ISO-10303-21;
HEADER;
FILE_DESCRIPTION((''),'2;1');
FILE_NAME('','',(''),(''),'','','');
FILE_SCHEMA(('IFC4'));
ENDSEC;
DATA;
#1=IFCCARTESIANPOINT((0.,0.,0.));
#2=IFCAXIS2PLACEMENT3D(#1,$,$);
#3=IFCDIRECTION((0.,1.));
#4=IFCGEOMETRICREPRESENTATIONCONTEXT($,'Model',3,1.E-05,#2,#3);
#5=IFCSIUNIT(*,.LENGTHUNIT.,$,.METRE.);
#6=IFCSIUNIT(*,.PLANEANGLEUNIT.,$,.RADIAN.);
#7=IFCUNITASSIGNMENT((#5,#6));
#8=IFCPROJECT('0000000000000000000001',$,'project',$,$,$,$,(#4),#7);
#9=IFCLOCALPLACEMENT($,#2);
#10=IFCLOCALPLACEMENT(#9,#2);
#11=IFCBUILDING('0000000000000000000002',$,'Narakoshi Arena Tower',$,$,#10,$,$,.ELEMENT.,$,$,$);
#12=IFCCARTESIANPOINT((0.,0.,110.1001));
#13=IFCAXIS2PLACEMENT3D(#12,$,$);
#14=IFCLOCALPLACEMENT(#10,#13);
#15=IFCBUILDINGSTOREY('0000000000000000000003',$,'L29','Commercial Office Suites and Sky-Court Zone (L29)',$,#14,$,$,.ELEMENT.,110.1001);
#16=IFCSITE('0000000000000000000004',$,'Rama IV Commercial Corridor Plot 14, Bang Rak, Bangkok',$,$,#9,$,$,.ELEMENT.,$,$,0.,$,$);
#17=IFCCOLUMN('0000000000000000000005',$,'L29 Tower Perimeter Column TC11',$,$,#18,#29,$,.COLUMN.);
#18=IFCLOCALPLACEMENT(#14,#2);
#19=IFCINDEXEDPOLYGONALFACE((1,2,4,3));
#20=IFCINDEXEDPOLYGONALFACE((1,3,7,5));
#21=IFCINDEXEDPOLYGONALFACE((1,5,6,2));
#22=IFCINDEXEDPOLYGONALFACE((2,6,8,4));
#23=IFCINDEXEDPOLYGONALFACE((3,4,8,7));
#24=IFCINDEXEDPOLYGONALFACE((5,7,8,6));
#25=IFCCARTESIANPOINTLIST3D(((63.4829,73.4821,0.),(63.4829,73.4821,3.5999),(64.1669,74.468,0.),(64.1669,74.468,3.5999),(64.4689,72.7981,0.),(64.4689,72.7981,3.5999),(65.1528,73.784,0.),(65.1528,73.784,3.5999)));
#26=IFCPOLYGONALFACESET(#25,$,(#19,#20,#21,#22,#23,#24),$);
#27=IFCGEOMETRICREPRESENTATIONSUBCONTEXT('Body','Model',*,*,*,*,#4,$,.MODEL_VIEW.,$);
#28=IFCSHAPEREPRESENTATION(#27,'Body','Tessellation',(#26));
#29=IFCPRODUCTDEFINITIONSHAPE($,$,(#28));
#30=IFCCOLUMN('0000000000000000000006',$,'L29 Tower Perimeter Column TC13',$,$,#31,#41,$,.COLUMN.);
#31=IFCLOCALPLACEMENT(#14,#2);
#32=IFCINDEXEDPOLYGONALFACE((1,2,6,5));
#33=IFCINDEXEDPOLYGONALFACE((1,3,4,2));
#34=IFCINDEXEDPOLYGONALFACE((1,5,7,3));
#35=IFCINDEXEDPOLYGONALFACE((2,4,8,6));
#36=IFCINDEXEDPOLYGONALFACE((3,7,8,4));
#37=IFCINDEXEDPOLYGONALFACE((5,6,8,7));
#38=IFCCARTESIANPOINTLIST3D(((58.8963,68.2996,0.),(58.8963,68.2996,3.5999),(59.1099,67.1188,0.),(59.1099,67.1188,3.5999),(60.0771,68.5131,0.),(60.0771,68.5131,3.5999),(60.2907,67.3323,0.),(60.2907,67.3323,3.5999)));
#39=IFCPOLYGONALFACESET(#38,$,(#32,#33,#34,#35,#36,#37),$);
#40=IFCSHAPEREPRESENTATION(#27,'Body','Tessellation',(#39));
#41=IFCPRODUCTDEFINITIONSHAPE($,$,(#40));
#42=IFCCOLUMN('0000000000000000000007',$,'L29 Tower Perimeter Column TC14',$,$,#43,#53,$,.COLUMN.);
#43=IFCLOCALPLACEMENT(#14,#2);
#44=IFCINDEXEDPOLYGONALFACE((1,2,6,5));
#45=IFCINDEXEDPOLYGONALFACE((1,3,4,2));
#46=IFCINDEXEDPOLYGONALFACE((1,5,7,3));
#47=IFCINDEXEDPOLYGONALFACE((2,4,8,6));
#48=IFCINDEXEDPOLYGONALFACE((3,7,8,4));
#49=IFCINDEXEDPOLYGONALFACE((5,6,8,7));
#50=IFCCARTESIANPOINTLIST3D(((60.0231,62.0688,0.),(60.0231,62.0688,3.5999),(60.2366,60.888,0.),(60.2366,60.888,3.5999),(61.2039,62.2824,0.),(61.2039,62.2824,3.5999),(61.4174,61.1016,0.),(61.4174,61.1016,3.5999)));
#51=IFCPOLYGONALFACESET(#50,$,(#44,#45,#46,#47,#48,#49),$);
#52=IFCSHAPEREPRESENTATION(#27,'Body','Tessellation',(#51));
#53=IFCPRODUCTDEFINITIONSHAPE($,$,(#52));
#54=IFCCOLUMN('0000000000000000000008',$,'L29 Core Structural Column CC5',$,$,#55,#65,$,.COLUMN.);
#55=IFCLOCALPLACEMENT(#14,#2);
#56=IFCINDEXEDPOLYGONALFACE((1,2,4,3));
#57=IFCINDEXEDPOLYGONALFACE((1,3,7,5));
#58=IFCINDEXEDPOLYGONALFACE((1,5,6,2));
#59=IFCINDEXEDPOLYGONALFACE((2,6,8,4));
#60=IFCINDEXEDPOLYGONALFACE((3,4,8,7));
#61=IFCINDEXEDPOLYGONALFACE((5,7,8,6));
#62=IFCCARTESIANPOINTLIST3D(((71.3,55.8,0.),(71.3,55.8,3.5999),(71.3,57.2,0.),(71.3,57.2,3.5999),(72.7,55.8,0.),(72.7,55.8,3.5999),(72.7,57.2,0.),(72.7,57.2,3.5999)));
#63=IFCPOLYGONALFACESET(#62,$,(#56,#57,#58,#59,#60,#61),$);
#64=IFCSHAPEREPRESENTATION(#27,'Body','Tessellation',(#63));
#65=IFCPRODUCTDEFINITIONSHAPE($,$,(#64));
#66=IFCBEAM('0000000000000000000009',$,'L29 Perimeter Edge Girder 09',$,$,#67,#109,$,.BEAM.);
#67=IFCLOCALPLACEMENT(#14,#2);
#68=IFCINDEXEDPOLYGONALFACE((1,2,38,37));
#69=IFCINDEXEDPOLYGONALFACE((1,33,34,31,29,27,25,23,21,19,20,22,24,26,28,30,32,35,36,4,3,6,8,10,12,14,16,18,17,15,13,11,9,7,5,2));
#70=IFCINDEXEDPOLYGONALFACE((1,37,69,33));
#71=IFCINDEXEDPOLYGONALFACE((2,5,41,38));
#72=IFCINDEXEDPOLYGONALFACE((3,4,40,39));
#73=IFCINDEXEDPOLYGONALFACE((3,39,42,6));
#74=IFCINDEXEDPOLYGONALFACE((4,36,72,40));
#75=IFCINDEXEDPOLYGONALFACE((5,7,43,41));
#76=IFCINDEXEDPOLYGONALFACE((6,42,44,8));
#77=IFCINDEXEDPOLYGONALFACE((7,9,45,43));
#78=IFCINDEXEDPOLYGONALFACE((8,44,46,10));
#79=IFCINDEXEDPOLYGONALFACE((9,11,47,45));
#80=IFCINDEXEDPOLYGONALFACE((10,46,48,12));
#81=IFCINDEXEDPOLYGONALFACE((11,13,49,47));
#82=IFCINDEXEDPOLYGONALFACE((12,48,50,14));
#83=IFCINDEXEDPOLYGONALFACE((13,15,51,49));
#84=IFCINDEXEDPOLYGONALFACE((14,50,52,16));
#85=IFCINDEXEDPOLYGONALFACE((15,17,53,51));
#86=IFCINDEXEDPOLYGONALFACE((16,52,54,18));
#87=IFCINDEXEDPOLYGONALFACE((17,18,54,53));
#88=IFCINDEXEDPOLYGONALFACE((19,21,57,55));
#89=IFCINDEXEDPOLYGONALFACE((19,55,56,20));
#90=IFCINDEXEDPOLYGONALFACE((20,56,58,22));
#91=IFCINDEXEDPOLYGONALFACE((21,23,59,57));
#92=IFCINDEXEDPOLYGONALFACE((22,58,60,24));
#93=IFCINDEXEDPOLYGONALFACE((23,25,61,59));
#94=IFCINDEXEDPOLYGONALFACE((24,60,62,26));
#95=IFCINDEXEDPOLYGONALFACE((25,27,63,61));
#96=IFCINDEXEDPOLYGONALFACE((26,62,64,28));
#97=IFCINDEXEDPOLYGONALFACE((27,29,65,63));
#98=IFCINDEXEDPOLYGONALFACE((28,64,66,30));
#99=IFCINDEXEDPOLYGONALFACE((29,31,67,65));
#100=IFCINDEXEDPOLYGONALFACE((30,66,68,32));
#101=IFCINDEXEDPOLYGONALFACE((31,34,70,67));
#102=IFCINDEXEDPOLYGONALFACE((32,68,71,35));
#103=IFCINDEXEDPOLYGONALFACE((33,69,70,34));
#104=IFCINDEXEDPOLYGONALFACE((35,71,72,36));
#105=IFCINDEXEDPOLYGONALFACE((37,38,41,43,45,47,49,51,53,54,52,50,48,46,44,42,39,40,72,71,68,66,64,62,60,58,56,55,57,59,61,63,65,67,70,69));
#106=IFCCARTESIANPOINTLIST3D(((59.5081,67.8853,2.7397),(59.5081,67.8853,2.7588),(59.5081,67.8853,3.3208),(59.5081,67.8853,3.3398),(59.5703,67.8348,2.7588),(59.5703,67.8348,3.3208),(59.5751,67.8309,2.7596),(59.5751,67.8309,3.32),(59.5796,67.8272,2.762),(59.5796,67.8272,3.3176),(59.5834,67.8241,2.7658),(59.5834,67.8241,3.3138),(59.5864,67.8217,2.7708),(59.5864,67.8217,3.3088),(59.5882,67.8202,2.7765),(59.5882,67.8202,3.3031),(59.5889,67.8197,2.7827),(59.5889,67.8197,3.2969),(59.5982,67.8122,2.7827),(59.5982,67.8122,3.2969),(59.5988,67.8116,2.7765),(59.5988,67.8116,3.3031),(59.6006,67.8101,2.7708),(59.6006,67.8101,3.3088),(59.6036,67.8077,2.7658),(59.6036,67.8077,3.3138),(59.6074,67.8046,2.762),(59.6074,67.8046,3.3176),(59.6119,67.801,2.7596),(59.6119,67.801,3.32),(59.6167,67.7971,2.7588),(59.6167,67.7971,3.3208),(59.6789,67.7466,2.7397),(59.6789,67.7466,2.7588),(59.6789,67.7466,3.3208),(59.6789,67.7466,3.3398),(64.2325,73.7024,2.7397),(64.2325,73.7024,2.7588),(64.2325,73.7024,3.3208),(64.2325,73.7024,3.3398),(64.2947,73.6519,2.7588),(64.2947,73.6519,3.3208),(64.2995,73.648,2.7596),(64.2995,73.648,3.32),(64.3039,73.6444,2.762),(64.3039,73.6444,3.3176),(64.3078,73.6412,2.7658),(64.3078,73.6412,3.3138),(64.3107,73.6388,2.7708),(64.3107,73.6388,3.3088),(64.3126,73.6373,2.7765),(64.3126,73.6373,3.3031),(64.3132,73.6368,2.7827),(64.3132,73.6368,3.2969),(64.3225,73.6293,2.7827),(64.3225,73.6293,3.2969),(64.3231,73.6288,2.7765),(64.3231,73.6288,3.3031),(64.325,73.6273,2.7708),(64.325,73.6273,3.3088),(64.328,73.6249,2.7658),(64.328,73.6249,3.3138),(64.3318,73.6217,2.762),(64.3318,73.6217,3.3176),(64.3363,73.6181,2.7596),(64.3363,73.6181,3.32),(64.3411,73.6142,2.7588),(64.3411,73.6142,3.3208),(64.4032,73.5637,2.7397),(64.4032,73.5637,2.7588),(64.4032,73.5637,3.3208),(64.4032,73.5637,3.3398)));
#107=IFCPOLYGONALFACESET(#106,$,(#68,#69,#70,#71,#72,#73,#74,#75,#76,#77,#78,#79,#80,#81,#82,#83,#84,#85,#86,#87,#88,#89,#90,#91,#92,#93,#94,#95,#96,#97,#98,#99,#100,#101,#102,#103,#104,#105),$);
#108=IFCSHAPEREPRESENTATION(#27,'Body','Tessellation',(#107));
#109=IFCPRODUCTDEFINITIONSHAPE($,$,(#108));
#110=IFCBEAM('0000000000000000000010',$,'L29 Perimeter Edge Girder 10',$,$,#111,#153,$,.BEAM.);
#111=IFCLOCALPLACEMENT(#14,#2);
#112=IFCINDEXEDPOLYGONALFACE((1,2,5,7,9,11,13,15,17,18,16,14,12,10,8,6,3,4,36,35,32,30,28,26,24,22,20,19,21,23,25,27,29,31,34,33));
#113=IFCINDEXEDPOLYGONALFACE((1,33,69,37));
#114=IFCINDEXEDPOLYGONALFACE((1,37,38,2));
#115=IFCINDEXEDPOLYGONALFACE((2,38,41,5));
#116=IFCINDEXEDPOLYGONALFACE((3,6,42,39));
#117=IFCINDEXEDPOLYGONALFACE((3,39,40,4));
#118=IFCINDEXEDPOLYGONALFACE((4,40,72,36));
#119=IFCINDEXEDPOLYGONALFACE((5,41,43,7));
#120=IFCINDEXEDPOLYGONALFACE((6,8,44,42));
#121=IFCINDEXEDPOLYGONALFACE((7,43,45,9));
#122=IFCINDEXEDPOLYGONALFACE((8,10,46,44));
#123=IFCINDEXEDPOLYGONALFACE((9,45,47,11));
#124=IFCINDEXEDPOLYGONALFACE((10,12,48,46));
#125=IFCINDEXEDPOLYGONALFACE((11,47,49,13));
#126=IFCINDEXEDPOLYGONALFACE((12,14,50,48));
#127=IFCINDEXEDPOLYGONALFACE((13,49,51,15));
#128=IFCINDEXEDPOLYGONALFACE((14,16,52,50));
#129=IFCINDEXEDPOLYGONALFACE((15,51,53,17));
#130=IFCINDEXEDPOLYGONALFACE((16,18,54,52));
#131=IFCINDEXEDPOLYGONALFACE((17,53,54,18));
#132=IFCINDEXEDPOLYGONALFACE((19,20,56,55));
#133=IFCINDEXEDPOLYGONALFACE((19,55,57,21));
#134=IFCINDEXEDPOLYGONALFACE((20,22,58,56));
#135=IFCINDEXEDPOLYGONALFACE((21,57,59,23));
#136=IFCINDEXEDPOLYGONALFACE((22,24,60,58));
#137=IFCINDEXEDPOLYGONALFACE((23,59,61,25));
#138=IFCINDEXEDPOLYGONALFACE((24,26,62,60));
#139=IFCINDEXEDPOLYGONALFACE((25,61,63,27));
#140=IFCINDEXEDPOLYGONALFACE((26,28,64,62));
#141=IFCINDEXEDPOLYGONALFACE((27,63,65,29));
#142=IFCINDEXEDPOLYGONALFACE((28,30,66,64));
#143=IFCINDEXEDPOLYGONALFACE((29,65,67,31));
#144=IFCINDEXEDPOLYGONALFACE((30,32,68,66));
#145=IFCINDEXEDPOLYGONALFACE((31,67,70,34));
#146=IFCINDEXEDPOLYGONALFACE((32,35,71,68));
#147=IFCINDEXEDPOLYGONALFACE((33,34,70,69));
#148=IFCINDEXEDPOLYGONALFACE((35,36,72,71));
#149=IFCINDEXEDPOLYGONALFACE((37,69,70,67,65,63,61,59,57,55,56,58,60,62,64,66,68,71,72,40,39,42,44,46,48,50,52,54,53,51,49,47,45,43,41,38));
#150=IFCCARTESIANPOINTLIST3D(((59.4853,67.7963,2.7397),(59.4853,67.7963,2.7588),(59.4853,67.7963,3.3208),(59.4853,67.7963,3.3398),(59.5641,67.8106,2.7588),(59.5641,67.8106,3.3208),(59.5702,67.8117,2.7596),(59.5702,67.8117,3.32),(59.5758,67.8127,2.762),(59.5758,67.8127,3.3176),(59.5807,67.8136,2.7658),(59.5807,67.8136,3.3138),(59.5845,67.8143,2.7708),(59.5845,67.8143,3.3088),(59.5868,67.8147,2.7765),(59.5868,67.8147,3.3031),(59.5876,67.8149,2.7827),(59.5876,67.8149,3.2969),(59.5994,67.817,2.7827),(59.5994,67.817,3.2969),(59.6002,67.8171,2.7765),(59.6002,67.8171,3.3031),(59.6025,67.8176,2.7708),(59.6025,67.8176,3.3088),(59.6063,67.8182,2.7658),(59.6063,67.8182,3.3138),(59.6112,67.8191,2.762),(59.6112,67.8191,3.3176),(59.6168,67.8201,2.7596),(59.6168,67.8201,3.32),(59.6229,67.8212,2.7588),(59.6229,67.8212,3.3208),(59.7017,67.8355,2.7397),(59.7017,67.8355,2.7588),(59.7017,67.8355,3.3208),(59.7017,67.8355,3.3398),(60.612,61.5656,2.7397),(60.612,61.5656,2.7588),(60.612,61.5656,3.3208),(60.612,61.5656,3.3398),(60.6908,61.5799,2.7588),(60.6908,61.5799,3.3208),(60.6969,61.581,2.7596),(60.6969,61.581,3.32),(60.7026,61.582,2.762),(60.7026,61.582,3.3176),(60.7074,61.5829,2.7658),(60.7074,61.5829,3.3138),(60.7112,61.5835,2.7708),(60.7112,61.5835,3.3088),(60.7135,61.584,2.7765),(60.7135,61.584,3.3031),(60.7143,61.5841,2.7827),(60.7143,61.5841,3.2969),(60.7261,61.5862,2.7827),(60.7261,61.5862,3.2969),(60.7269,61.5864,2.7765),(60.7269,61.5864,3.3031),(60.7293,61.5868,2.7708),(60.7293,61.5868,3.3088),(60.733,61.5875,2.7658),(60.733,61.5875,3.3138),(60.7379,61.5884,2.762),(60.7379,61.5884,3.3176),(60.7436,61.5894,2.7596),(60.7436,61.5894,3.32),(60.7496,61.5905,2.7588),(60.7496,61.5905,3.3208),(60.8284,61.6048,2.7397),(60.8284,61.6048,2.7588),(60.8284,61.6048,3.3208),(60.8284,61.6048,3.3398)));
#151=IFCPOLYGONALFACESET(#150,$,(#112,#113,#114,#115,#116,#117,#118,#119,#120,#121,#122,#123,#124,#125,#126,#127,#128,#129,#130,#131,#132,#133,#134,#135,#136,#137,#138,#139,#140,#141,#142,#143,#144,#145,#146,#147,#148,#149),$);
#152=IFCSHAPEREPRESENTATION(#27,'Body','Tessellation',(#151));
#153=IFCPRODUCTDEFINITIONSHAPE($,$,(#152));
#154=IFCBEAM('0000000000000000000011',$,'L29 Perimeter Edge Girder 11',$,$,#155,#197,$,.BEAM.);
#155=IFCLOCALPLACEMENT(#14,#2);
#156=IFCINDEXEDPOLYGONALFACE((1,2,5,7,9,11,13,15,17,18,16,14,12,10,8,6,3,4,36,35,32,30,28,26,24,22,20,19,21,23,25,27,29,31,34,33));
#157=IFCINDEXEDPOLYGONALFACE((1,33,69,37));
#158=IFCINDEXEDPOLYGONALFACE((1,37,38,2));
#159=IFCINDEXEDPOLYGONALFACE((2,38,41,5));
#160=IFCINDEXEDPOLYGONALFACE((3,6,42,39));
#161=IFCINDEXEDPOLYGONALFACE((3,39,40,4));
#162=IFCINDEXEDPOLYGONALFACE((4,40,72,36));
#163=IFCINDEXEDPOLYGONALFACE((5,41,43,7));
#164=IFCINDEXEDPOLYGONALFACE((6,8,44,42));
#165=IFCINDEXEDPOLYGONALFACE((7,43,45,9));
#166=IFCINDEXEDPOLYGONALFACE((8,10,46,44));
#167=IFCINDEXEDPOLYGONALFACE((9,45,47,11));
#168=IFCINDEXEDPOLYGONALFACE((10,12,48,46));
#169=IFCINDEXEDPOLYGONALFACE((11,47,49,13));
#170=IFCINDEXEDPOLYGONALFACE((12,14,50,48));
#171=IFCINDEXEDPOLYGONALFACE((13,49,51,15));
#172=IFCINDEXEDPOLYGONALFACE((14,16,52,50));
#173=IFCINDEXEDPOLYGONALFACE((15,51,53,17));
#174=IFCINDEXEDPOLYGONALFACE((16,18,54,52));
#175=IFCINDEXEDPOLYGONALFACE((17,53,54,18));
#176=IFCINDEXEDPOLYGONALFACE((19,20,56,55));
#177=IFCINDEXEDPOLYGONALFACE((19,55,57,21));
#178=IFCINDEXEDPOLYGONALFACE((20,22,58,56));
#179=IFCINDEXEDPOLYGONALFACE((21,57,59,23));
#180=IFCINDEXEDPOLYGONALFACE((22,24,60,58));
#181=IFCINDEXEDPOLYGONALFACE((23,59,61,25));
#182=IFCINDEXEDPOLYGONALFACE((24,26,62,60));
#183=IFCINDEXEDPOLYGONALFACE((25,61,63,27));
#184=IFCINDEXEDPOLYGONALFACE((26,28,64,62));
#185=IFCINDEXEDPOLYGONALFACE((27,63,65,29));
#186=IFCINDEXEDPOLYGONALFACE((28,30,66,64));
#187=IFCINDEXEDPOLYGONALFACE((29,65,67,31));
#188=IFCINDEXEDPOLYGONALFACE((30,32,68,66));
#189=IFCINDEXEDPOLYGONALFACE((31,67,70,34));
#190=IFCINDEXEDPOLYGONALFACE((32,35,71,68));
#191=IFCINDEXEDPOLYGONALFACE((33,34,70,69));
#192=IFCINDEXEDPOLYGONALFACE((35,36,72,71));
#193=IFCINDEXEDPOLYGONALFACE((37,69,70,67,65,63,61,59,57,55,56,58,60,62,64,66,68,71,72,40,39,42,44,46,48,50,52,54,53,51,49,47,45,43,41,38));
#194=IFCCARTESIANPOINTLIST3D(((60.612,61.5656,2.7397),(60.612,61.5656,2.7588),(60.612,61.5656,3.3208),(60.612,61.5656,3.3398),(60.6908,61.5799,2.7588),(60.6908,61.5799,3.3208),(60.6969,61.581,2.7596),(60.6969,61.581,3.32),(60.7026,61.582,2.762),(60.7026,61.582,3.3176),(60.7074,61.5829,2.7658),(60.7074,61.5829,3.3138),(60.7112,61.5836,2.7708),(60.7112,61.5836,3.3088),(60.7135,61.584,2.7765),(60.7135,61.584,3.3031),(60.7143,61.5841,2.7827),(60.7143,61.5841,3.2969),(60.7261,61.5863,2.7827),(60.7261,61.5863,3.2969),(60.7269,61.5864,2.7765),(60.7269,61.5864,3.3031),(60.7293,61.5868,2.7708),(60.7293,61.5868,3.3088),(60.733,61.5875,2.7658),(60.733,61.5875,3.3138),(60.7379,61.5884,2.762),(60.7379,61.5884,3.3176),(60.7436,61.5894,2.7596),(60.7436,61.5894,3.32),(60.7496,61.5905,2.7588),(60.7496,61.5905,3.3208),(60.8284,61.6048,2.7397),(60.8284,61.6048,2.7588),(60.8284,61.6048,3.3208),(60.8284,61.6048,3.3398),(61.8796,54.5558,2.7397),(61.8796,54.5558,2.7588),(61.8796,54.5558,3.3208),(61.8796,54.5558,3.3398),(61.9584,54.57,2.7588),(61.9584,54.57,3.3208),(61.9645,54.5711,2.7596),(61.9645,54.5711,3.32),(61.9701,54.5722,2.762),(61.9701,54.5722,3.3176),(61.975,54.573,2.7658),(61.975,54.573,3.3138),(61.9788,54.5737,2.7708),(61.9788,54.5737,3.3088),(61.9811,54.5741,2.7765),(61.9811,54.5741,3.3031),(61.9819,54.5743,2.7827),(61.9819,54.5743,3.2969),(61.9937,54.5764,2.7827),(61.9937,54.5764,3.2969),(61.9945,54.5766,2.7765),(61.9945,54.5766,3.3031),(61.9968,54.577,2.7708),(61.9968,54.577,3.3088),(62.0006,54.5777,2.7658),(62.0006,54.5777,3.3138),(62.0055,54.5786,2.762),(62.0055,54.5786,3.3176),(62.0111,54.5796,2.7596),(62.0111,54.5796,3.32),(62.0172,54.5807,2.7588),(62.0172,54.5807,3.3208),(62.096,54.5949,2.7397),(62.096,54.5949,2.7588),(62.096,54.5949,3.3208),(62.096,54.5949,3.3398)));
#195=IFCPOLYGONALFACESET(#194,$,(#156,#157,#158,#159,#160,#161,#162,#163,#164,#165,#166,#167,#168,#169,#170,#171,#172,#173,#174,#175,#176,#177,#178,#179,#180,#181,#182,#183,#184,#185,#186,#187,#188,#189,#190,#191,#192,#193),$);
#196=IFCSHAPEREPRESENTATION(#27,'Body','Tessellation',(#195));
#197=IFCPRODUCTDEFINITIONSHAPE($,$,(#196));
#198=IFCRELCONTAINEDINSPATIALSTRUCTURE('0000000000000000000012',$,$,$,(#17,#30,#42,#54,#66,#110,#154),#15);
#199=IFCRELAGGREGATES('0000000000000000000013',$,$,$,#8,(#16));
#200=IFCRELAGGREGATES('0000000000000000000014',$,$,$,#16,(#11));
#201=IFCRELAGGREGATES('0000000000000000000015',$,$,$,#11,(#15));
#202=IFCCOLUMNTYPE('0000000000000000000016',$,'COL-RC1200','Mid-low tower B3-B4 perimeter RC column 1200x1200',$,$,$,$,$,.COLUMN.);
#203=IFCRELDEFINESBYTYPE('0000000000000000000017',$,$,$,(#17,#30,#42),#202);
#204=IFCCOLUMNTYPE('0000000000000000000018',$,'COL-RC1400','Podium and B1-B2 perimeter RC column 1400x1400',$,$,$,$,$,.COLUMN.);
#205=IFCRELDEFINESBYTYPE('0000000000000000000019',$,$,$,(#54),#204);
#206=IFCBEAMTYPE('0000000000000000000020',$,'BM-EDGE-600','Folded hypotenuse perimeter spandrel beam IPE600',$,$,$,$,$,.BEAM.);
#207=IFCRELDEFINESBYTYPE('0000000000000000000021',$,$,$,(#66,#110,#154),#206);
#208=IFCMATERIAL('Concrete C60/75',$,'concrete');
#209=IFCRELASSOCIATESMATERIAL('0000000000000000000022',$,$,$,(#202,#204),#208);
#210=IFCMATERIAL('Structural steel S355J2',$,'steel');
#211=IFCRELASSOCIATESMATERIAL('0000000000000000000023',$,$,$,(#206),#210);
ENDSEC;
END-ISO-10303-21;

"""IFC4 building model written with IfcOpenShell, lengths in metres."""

from ifc_helpers import new_model, si_unit, direction, frame, origin, origin_2d, place, context, subcontext, project, spatial, rectangle, i_section, extrude, material, material_profile, profile_set, type_object, element, save


model = new_model("IFC4")

# Units and contexts
model_context = context("Model", 3, precision=1e-05, world=origin(), true_north=direction((0.0, 1.0)))
body_context = subcontext(model_context, "Body", "Model", "MODEL_VIEW")
ifc_project = project(units=[si_unit("LENGTHUNIT", "METRE"), si_unit("PLANEANGLEUNIT", "RADIAN")], contexts=[model_context])

# Site, building, storey
site_placement = place(None, origin())
site = spatial("IfcSite", under=ifc_project, at=site_placement, Name="Rama IV Commercial Corridor Plot 14, Bang Rak, Bangkok", CompositionType="ELEMENT", RefElevation=0.0)
building_placement = place(site_placement, origin())
building = spatial("IfcBuilding", under=site, at=building_placement, Name="Narakoshi Arena Tower", CompositionType="ELEMENT")
storey_placement = place(building_placement, frame((0.0, 0.0, 110.1001)))
storey = spatial("IfcBuildingStorey", under=building, at=storey_placement, Name="L29", Description="Commercial Office Suites and Sky-Court Zone (L29)", CompositionType="ELEMENT", Elevation=110.1001)

# Columns
ifc_material_1 = material(Name="Concrete C60/75", Category="concrete")
ifc_material_profile_1 = material_profile(ifc_material_1, rectangle(XDim=1.2, YDim=1.2, at=origin_2d()), Name="RC1200x1200")
ifc_profile_set_1 = profile_set([ifc_material_profile_1], Name="Concrete C60/75")
column_type_1 = type_object("IfcColumnType", Name="COL-RC1200", Description="Mid-low tower B3-B4 perimeter RC column 1200x1200", PredefinedType="COLUMN", material=ifc_profile_set_1)
for number, where, z_axis, x_axis, name in (
    (1, (64.3179, 73.6331, 0.0), (0.0, 0.0, 1.0), (0.569997, 0.821647, 0.0), "L29 Tower Perimeter Column TC11"),
    (2, (59.5935, 67.8159, 0.0), (0.0, 0.0, 1.0), (-0.177944, 0.984041, 0.0), "L29 Tower Perimeter Column TC13"),
    (3, (60.7202, 61.5852, 0.0), (0.0, 0.0, 1.0), (-0.177944, 0.984041, 0.0), "L29 Tower Perimeter Column TC14"),
):
    element("IfcColumn", number, at=place(storey_placement, frame(where, z_axis=z_axis, x_axis=x_axis)), inside=storey, type_object=column_type_1, Name=name, PredefinedType="COLUMN", context=body_context, shape_type="SweptSolid", body=[
        extrude(rectangle(XDim=1.2, YDim=1.2, at=origin_2d()), origin(), (0.0, 0.0, 1.0), 3.5999),
    ])
ifc_material_profile_2 = material_profile(ifc_material_1, rectangle(XDim=1.3999, YDim=1.3999, at=origin_2d()), Name="RC1400x1400")
ifc_profile_set_2 = profile_set([ifc_material_profile_2], Name="Concrete C60/75")
column_type_2 = type_object("IfcColumnType", Name="COL-RC1400", Description="Podium and B1-B2 perimeter RC column 1400x1400", PredefinedType="COLUMN", material=ifc_profile_set_2)
column_placement = place(storey_placement, frame((72.0, 56.5, 0.0), z_axis=(0.0, 0.0, 1.0), x_axis=(1.0, 0.0, 0.0)))
element("IfcColumn", 4, at=column_placement, inside=storey, type_object=column_type_2, Name="L29 Core Structural Column CC5", PredefinedType="COLUMN", context=body_context, shape_type="SweptSolid", body=[
    extrude(rectangle(XDim=1.3999, YDim=1.3999, at=origin_2d()), origin(), (0.0, 0.0, 1.0), 3.5999),
])

# Beams
ifc_material_2 = material(Name="Structural steel S355J2", Category="steel")
ifc_material_profile_3 = material_profile(ifc_material_2, i_section(OverallWidth=0.22, OverallDepth=0.6001, WebThickness=0.012, FlangeThickness=0.019, FilletRadius=0.0239, at=origin_2d()), Name="IPE600")
ifc_profile_set_3 = profile_set([ifc_material_profile_3], Name="Structural steel S355J2")
beam_type_1 = type_object("IfcBeamType", Name="BM-EDGE-600", Description="Folded hypotenuse perimeter spandrel beam IPE600", PredefinedType="BEAM", material=ifc_profile_set_3)
beam_1_placement = place(storey_placement, frame((64.3179, 73.6331, 3.0398), z_axis=(-0.630427, -0.776249, 0.0), x_axis=(0.776249, -0.630427, 0.0)))
element("IfcBeam", 5, at=beam_1_placement, inside=storey, type_object=beam_type_1, Name="L29 Perimeter Edge Girder 09", PredefinedType="BEAM", context=body_context, shape_type="SweptSolid", body=[
    extrude(i_section(OverallWidth=0.22, OverallDepth=0.6001, WebThickness=0.012, FlangeThickness=0.019, FilletRadius=0.0239, at=origin_2d()), origin(), (0.0, 0.0, 1.0), 7.4939),
])
beam_2_placement = place(storey_placement, frame((59.5935, 67.8159, 3.0398), z_axis=(0.177945, -0.98404, 0.0), x_axis=(0.98404, 0.177945, 0.0)))
element("IfcBeam", 6, at=beam_2_placement, inside=storey, type_object=beam_type_1, Name="L29 Perimeter Edge Girder 10", PredefinedType="BEAM", context=body_context, shape_type="SweptSolid", body=[
    extrude(i_section(OverallWidth=0.22, OverallDepth=0.6001, WebThickness=0.012, FlangeThickness=0.019, FilletRadius=0.0239, at=origin_2d()), origin(), (0.0, 0.0, 1.0), 6.3318),
])
beam_3_placement = place(storey_placement, frame((60.7202, 61.5852, 3.0398), z_axis=(0.177944, -0.984041, 0.0), x_axis=(0.984041, 0.177944, 0.0)))
element("IfcBeam", 7, at=beam_3_placement, inside=storey, type_object=beam_type_1, Name="L29 Perimeter Edge Girder 11", PredefinedType="BEAM", context=body_context, shape_type="SweptSolid", body=[
    extrude(i_section(OverallWidth=0.22, OverallDepth=0.6001, WebThickness=0.012, FlangeThickness=0.019, FilletRadius=0.0239, at=origin_2d()), origin(), (0.0, 0.0, 1.0), 7.1235),
])

save(model, "model.ifc")
